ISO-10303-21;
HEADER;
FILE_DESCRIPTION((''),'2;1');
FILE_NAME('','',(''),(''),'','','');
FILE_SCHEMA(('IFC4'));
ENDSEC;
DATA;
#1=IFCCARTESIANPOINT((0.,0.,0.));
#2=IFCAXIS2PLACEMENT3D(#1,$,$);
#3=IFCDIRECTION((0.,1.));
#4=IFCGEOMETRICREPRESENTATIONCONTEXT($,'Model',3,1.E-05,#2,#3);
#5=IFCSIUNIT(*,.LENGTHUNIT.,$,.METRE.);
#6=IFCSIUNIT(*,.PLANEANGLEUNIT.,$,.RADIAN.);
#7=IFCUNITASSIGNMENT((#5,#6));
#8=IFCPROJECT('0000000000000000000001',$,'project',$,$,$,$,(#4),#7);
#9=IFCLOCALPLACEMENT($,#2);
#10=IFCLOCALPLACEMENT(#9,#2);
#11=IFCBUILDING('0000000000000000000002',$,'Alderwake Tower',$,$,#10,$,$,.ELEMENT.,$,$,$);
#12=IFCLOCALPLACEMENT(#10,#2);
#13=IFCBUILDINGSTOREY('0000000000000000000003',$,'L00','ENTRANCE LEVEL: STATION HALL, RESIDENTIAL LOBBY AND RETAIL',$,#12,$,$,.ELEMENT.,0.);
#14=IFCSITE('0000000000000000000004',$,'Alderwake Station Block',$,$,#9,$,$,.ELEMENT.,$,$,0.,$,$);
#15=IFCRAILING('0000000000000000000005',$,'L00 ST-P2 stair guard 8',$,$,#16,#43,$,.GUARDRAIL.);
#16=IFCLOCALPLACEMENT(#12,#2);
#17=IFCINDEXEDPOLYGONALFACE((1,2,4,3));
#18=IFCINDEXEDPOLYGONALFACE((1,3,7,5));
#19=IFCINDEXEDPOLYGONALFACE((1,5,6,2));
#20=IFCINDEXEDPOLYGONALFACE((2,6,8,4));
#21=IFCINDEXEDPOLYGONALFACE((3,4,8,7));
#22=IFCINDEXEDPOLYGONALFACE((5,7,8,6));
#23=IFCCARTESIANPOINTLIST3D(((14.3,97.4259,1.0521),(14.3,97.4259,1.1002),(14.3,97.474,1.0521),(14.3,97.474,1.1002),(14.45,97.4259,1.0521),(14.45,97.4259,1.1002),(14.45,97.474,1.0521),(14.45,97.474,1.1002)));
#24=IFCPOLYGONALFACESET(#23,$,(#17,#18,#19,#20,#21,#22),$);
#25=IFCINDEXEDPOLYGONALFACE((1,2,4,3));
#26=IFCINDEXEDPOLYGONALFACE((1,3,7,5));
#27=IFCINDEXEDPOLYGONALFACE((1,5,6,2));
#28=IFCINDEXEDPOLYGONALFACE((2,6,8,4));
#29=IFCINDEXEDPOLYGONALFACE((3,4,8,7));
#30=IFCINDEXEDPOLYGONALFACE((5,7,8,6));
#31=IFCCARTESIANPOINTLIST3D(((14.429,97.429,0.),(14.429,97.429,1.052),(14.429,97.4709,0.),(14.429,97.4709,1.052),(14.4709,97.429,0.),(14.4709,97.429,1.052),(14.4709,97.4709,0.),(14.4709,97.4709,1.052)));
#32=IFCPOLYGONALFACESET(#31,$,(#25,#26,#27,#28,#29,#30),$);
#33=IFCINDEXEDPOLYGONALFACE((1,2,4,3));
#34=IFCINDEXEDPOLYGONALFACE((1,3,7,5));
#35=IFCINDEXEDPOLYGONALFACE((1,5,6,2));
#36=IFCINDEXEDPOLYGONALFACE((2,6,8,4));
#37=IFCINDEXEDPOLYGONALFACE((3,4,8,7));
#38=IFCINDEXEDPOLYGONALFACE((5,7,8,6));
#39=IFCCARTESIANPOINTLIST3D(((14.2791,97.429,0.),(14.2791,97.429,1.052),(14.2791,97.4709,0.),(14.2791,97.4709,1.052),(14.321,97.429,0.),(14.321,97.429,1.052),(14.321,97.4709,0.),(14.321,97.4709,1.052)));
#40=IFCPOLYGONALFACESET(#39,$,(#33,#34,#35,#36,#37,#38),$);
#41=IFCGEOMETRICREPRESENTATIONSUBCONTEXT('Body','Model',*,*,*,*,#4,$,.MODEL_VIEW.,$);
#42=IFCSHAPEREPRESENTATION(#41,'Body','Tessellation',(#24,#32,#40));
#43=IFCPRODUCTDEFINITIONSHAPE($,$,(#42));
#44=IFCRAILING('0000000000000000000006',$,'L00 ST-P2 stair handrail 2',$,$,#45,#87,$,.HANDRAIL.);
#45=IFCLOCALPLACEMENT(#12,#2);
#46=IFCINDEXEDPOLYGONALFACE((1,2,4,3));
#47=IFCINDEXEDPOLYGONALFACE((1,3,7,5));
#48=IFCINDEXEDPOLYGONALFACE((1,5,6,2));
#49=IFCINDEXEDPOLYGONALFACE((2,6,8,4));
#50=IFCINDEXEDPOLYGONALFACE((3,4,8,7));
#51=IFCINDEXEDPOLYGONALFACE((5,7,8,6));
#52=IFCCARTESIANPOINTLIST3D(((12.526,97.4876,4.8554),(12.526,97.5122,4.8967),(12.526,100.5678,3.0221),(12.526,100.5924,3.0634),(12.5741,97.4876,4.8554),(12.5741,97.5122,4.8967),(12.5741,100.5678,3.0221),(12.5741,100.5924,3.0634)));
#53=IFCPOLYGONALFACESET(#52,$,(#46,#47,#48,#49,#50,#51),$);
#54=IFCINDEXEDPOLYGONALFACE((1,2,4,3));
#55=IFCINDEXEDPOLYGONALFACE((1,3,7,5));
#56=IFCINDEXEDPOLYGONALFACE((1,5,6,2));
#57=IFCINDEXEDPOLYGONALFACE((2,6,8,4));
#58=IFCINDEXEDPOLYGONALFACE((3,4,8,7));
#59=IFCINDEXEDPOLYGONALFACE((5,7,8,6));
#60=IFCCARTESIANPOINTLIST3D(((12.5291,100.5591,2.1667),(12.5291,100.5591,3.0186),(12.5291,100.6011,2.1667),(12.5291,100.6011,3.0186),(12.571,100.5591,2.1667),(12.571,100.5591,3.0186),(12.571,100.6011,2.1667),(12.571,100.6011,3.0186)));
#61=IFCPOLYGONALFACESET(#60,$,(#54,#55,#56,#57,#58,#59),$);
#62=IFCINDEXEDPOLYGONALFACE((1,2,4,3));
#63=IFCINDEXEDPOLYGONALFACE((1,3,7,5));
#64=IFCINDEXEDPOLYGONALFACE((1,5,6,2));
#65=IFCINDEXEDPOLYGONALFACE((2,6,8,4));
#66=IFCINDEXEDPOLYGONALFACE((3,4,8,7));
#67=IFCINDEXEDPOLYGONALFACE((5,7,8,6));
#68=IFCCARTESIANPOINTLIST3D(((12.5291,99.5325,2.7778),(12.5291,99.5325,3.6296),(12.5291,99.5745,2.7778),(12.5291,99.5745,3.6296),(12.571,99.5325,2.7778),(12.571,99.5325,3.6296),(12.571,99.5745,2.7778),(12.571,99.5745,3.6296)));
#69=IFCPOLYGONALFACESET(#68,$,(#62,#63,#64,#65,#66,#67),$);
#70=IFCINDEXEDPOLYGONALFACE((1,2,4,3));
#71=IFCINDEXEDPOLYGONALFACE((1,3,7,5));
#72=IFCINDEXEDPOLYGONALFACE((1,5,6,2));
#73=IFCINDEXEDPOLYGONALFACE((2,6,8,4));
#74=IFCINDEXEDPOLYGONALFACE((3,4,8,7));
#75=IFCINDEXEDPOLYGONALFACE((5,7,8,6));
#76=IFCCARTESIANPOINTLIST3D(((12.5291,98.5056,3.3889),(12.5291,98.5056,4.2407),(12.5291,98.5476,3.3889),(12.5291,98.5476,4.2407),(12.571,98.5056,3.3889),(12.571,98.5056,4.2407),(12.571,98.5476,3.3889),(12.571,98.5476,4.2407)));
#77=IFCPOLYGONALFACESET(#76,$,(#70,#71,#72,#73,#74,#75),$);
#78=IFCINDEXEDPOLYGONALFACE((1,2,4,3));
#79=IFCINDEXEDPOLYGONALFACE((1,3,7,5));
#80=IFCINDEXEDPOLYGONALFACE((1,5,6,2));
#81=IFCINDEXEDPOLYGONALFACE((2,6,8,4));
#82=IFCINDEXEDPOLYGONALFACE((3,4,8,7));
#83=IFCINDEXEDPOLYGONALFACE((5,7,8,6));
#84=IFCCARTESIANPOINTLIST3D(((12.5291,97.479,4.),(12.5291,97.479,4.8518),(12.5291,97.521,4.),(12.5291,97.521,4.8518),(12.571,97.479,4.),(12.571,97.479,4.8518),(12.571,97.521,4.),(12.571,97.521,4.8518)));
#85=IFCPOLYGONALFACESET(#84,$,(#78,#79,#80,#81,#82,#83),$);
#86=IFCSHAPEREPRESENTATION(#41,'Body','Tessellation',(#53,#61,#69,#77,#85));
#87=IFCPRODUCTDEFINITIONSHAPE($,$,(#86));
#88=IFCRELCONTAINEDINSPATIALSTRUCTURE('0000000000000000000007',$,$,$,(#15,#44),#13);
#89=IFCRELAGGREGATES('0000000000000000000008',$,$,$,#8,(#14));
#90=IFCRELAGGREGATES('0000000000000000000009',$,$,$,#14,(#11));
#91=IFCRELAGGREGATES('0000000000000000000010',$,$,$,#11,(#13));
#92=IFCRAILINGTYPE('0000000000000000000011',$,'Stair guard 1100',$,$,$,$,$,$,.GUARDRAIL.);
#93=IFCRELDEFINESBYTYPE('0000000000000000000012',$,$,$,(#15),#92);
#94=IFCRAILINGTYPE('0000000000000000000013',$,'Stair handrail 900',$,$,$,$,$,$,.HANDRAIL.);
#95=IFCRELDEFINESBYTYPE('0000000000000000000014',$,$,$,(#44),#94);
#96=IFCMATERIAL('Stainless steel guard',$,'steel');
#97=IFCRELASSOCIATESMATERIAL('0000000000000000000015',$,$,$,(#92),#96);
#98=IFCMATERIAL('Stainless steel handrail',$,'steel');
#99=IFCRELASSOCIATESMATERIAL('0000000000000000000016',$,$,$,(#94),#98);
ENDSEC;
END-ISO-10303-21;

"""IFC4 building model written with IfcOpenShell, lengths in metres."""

from ifc_helpers import new_model, si_unit, direction, frame, origin, origin_2d, place, context, subcontext, project, spatial, rectangle, extrude, material, type_object, element, save


model = new_model("IFC4")

# Units and contexts
model_context = context("Model", 3, precision=1e-05, world=origin(), true_north=direction((0.0, 1.0)))
body_context = subcontext(model_context, "Body", "Model", "MODEL_VIEW")
ifc_project = project(units=[si_unit("LENGTHUNIT", "METRE"), si_unit("PLANEANGLEUNIT", "RADIAN")], contexts=[model_context])

# Site, building, storey
site_placement = place(None, origin())
site = spatial("IfcSite", under=ifc_project, at=site_placement, Name="Alderwake Station Block", CompositionType="ELEMENT", RefElevation=0.0)
building_placement = place(site_placement, origin())
building = spatial("IfcBuilding", under=site, at=building_placement, Name="Alderwake Tower", CompositionType="ELEMENT")
storey_placement = place(building_placement, origin())
storey = spatial("IfcBuildingStorey", under=building, at=storey_placement, Name="L00", Description="ENTRANCE LEVEL: STATION HALL, RESIDENTIAL LOBBY AND RETAIL", CompositionType="ELEMENT", Elevation=0.0)

# Railings
ifc_material_1 = material(Name="Stainless steel guard", Category="steel")
railing_type_1 = type_object("IfcRailingType", Name="Stair guard 1100", PredefinedType="GUARDRAIL", material=ifc_material_1)
railing_1_placement = place(storey_placement, frame((14.45, 97.45, 0.0)))
element("IfcRailing", 1, at=railing_1_placement, inside=storey, type_object=railing_type_1, Name="L00 ST-P2 stair guard 8", PredefinedType="GUARDRAIL", context=body_context, shape_type="SweptSolid", body=[
    extrude(rectangle(XDim=0.0481, YDim=0.0481, at=origin_2d()), frame((0.0, 0.0, 1.0762), z_axis=(-1.0, 0.0, 0.0), x_axis=(0.0, -1.0, 0.0)), (0.0, 0.0, 1.0), 0.1499),
    extrude(rectangle(XDim=0.042, YDim=0.042, at=origin_2d()), frame((0.0, 0.0, 0.0), z_axis=(0.0, 0.0, 1.0), x_axis=(-1.0, 0.0, 0.0)), (0.0, 0.0, 1.0), 1.052),
    extrude(rectangle(XDim=0.042, YDim=0.042, at=origin_2d()), frame((-0.1499, 0.0, 0.0), z_axis=(0.0, 0.0, 1.0), x_axis=(-1.0, 0.0, 0.0)), (0.0, 0.0, 1.0), 1.052),
])
ifc_material_2 = material(Name="Stainless steel handrail", Category="steel")
railing_type_2 = type_object("IfcRailingType", Name="Stair handrail 900", PredefinedType="HANDRAIL", material=ifc_material_2)
railing_2_placement = place(storey_placement, frame((12.55, 100.5801, 2.1667)))
element("IfcRailing", 2, at=railing_2_placement, inside=storey, type_object=railing_type_2, Name="L00 ST-P2 stair handrail 2", PredefinedType="HANDRAIL", context=body_context, shape_type="SweptSolid", body=[
    extrude(rectangle(XDim=0.0481, YDim=0.0481, at=origin_2d()), frame((0.0, 0.0, 0.876), z_axis=(0.0, -0.859309, 0.511458), x_axis=(1.0, 0.0, 0.0)), (0.0, 0.0, 1.0), 3.5845),
    extrude(rectangle(XDim=0.042, YDim=0.042, at=origin_2d()), frame((0.0, 0.0, 0.0), z_axis=(0.0, 0.0, 1.0), x_axis=(0.0, -1.0, 0.0)), (0.0, 0.0, 1.0), 0.8518),
    extrude(rectangle(XDim=0.042, YDim=0.042, at=origin_2d()), frame((0.0, -1.0266, 0.6111), z_axis=(0.0, 0.0, 1.0), x_axis=(0.0, -1.0, 0.0)), (0.0, 0.0, 1.0), 0.8518),
    extrude(rectangle(XDim=0.042, YDim=0.042, at=origin_2d()), frame((0.0, -2.0535, 1.2222), z_axis=(0.0, 0.0, 1.0), x_axis=(0.0, -1.0, 0.0)), (0.0, 0.0, 1.0), 0.8518),
    extrude(rectangle(XDim=0.042, YDim=0.042, at=origin_2d()), frame((0.0, -3.0801, 1.8333), z_axis=(0.0, 0.0, 1.0), x_axis=(0.0, -1.0, 0.0)), (0.0, 0.0, 1.0), 0.8518),
])

save(model, "model.ifc")
